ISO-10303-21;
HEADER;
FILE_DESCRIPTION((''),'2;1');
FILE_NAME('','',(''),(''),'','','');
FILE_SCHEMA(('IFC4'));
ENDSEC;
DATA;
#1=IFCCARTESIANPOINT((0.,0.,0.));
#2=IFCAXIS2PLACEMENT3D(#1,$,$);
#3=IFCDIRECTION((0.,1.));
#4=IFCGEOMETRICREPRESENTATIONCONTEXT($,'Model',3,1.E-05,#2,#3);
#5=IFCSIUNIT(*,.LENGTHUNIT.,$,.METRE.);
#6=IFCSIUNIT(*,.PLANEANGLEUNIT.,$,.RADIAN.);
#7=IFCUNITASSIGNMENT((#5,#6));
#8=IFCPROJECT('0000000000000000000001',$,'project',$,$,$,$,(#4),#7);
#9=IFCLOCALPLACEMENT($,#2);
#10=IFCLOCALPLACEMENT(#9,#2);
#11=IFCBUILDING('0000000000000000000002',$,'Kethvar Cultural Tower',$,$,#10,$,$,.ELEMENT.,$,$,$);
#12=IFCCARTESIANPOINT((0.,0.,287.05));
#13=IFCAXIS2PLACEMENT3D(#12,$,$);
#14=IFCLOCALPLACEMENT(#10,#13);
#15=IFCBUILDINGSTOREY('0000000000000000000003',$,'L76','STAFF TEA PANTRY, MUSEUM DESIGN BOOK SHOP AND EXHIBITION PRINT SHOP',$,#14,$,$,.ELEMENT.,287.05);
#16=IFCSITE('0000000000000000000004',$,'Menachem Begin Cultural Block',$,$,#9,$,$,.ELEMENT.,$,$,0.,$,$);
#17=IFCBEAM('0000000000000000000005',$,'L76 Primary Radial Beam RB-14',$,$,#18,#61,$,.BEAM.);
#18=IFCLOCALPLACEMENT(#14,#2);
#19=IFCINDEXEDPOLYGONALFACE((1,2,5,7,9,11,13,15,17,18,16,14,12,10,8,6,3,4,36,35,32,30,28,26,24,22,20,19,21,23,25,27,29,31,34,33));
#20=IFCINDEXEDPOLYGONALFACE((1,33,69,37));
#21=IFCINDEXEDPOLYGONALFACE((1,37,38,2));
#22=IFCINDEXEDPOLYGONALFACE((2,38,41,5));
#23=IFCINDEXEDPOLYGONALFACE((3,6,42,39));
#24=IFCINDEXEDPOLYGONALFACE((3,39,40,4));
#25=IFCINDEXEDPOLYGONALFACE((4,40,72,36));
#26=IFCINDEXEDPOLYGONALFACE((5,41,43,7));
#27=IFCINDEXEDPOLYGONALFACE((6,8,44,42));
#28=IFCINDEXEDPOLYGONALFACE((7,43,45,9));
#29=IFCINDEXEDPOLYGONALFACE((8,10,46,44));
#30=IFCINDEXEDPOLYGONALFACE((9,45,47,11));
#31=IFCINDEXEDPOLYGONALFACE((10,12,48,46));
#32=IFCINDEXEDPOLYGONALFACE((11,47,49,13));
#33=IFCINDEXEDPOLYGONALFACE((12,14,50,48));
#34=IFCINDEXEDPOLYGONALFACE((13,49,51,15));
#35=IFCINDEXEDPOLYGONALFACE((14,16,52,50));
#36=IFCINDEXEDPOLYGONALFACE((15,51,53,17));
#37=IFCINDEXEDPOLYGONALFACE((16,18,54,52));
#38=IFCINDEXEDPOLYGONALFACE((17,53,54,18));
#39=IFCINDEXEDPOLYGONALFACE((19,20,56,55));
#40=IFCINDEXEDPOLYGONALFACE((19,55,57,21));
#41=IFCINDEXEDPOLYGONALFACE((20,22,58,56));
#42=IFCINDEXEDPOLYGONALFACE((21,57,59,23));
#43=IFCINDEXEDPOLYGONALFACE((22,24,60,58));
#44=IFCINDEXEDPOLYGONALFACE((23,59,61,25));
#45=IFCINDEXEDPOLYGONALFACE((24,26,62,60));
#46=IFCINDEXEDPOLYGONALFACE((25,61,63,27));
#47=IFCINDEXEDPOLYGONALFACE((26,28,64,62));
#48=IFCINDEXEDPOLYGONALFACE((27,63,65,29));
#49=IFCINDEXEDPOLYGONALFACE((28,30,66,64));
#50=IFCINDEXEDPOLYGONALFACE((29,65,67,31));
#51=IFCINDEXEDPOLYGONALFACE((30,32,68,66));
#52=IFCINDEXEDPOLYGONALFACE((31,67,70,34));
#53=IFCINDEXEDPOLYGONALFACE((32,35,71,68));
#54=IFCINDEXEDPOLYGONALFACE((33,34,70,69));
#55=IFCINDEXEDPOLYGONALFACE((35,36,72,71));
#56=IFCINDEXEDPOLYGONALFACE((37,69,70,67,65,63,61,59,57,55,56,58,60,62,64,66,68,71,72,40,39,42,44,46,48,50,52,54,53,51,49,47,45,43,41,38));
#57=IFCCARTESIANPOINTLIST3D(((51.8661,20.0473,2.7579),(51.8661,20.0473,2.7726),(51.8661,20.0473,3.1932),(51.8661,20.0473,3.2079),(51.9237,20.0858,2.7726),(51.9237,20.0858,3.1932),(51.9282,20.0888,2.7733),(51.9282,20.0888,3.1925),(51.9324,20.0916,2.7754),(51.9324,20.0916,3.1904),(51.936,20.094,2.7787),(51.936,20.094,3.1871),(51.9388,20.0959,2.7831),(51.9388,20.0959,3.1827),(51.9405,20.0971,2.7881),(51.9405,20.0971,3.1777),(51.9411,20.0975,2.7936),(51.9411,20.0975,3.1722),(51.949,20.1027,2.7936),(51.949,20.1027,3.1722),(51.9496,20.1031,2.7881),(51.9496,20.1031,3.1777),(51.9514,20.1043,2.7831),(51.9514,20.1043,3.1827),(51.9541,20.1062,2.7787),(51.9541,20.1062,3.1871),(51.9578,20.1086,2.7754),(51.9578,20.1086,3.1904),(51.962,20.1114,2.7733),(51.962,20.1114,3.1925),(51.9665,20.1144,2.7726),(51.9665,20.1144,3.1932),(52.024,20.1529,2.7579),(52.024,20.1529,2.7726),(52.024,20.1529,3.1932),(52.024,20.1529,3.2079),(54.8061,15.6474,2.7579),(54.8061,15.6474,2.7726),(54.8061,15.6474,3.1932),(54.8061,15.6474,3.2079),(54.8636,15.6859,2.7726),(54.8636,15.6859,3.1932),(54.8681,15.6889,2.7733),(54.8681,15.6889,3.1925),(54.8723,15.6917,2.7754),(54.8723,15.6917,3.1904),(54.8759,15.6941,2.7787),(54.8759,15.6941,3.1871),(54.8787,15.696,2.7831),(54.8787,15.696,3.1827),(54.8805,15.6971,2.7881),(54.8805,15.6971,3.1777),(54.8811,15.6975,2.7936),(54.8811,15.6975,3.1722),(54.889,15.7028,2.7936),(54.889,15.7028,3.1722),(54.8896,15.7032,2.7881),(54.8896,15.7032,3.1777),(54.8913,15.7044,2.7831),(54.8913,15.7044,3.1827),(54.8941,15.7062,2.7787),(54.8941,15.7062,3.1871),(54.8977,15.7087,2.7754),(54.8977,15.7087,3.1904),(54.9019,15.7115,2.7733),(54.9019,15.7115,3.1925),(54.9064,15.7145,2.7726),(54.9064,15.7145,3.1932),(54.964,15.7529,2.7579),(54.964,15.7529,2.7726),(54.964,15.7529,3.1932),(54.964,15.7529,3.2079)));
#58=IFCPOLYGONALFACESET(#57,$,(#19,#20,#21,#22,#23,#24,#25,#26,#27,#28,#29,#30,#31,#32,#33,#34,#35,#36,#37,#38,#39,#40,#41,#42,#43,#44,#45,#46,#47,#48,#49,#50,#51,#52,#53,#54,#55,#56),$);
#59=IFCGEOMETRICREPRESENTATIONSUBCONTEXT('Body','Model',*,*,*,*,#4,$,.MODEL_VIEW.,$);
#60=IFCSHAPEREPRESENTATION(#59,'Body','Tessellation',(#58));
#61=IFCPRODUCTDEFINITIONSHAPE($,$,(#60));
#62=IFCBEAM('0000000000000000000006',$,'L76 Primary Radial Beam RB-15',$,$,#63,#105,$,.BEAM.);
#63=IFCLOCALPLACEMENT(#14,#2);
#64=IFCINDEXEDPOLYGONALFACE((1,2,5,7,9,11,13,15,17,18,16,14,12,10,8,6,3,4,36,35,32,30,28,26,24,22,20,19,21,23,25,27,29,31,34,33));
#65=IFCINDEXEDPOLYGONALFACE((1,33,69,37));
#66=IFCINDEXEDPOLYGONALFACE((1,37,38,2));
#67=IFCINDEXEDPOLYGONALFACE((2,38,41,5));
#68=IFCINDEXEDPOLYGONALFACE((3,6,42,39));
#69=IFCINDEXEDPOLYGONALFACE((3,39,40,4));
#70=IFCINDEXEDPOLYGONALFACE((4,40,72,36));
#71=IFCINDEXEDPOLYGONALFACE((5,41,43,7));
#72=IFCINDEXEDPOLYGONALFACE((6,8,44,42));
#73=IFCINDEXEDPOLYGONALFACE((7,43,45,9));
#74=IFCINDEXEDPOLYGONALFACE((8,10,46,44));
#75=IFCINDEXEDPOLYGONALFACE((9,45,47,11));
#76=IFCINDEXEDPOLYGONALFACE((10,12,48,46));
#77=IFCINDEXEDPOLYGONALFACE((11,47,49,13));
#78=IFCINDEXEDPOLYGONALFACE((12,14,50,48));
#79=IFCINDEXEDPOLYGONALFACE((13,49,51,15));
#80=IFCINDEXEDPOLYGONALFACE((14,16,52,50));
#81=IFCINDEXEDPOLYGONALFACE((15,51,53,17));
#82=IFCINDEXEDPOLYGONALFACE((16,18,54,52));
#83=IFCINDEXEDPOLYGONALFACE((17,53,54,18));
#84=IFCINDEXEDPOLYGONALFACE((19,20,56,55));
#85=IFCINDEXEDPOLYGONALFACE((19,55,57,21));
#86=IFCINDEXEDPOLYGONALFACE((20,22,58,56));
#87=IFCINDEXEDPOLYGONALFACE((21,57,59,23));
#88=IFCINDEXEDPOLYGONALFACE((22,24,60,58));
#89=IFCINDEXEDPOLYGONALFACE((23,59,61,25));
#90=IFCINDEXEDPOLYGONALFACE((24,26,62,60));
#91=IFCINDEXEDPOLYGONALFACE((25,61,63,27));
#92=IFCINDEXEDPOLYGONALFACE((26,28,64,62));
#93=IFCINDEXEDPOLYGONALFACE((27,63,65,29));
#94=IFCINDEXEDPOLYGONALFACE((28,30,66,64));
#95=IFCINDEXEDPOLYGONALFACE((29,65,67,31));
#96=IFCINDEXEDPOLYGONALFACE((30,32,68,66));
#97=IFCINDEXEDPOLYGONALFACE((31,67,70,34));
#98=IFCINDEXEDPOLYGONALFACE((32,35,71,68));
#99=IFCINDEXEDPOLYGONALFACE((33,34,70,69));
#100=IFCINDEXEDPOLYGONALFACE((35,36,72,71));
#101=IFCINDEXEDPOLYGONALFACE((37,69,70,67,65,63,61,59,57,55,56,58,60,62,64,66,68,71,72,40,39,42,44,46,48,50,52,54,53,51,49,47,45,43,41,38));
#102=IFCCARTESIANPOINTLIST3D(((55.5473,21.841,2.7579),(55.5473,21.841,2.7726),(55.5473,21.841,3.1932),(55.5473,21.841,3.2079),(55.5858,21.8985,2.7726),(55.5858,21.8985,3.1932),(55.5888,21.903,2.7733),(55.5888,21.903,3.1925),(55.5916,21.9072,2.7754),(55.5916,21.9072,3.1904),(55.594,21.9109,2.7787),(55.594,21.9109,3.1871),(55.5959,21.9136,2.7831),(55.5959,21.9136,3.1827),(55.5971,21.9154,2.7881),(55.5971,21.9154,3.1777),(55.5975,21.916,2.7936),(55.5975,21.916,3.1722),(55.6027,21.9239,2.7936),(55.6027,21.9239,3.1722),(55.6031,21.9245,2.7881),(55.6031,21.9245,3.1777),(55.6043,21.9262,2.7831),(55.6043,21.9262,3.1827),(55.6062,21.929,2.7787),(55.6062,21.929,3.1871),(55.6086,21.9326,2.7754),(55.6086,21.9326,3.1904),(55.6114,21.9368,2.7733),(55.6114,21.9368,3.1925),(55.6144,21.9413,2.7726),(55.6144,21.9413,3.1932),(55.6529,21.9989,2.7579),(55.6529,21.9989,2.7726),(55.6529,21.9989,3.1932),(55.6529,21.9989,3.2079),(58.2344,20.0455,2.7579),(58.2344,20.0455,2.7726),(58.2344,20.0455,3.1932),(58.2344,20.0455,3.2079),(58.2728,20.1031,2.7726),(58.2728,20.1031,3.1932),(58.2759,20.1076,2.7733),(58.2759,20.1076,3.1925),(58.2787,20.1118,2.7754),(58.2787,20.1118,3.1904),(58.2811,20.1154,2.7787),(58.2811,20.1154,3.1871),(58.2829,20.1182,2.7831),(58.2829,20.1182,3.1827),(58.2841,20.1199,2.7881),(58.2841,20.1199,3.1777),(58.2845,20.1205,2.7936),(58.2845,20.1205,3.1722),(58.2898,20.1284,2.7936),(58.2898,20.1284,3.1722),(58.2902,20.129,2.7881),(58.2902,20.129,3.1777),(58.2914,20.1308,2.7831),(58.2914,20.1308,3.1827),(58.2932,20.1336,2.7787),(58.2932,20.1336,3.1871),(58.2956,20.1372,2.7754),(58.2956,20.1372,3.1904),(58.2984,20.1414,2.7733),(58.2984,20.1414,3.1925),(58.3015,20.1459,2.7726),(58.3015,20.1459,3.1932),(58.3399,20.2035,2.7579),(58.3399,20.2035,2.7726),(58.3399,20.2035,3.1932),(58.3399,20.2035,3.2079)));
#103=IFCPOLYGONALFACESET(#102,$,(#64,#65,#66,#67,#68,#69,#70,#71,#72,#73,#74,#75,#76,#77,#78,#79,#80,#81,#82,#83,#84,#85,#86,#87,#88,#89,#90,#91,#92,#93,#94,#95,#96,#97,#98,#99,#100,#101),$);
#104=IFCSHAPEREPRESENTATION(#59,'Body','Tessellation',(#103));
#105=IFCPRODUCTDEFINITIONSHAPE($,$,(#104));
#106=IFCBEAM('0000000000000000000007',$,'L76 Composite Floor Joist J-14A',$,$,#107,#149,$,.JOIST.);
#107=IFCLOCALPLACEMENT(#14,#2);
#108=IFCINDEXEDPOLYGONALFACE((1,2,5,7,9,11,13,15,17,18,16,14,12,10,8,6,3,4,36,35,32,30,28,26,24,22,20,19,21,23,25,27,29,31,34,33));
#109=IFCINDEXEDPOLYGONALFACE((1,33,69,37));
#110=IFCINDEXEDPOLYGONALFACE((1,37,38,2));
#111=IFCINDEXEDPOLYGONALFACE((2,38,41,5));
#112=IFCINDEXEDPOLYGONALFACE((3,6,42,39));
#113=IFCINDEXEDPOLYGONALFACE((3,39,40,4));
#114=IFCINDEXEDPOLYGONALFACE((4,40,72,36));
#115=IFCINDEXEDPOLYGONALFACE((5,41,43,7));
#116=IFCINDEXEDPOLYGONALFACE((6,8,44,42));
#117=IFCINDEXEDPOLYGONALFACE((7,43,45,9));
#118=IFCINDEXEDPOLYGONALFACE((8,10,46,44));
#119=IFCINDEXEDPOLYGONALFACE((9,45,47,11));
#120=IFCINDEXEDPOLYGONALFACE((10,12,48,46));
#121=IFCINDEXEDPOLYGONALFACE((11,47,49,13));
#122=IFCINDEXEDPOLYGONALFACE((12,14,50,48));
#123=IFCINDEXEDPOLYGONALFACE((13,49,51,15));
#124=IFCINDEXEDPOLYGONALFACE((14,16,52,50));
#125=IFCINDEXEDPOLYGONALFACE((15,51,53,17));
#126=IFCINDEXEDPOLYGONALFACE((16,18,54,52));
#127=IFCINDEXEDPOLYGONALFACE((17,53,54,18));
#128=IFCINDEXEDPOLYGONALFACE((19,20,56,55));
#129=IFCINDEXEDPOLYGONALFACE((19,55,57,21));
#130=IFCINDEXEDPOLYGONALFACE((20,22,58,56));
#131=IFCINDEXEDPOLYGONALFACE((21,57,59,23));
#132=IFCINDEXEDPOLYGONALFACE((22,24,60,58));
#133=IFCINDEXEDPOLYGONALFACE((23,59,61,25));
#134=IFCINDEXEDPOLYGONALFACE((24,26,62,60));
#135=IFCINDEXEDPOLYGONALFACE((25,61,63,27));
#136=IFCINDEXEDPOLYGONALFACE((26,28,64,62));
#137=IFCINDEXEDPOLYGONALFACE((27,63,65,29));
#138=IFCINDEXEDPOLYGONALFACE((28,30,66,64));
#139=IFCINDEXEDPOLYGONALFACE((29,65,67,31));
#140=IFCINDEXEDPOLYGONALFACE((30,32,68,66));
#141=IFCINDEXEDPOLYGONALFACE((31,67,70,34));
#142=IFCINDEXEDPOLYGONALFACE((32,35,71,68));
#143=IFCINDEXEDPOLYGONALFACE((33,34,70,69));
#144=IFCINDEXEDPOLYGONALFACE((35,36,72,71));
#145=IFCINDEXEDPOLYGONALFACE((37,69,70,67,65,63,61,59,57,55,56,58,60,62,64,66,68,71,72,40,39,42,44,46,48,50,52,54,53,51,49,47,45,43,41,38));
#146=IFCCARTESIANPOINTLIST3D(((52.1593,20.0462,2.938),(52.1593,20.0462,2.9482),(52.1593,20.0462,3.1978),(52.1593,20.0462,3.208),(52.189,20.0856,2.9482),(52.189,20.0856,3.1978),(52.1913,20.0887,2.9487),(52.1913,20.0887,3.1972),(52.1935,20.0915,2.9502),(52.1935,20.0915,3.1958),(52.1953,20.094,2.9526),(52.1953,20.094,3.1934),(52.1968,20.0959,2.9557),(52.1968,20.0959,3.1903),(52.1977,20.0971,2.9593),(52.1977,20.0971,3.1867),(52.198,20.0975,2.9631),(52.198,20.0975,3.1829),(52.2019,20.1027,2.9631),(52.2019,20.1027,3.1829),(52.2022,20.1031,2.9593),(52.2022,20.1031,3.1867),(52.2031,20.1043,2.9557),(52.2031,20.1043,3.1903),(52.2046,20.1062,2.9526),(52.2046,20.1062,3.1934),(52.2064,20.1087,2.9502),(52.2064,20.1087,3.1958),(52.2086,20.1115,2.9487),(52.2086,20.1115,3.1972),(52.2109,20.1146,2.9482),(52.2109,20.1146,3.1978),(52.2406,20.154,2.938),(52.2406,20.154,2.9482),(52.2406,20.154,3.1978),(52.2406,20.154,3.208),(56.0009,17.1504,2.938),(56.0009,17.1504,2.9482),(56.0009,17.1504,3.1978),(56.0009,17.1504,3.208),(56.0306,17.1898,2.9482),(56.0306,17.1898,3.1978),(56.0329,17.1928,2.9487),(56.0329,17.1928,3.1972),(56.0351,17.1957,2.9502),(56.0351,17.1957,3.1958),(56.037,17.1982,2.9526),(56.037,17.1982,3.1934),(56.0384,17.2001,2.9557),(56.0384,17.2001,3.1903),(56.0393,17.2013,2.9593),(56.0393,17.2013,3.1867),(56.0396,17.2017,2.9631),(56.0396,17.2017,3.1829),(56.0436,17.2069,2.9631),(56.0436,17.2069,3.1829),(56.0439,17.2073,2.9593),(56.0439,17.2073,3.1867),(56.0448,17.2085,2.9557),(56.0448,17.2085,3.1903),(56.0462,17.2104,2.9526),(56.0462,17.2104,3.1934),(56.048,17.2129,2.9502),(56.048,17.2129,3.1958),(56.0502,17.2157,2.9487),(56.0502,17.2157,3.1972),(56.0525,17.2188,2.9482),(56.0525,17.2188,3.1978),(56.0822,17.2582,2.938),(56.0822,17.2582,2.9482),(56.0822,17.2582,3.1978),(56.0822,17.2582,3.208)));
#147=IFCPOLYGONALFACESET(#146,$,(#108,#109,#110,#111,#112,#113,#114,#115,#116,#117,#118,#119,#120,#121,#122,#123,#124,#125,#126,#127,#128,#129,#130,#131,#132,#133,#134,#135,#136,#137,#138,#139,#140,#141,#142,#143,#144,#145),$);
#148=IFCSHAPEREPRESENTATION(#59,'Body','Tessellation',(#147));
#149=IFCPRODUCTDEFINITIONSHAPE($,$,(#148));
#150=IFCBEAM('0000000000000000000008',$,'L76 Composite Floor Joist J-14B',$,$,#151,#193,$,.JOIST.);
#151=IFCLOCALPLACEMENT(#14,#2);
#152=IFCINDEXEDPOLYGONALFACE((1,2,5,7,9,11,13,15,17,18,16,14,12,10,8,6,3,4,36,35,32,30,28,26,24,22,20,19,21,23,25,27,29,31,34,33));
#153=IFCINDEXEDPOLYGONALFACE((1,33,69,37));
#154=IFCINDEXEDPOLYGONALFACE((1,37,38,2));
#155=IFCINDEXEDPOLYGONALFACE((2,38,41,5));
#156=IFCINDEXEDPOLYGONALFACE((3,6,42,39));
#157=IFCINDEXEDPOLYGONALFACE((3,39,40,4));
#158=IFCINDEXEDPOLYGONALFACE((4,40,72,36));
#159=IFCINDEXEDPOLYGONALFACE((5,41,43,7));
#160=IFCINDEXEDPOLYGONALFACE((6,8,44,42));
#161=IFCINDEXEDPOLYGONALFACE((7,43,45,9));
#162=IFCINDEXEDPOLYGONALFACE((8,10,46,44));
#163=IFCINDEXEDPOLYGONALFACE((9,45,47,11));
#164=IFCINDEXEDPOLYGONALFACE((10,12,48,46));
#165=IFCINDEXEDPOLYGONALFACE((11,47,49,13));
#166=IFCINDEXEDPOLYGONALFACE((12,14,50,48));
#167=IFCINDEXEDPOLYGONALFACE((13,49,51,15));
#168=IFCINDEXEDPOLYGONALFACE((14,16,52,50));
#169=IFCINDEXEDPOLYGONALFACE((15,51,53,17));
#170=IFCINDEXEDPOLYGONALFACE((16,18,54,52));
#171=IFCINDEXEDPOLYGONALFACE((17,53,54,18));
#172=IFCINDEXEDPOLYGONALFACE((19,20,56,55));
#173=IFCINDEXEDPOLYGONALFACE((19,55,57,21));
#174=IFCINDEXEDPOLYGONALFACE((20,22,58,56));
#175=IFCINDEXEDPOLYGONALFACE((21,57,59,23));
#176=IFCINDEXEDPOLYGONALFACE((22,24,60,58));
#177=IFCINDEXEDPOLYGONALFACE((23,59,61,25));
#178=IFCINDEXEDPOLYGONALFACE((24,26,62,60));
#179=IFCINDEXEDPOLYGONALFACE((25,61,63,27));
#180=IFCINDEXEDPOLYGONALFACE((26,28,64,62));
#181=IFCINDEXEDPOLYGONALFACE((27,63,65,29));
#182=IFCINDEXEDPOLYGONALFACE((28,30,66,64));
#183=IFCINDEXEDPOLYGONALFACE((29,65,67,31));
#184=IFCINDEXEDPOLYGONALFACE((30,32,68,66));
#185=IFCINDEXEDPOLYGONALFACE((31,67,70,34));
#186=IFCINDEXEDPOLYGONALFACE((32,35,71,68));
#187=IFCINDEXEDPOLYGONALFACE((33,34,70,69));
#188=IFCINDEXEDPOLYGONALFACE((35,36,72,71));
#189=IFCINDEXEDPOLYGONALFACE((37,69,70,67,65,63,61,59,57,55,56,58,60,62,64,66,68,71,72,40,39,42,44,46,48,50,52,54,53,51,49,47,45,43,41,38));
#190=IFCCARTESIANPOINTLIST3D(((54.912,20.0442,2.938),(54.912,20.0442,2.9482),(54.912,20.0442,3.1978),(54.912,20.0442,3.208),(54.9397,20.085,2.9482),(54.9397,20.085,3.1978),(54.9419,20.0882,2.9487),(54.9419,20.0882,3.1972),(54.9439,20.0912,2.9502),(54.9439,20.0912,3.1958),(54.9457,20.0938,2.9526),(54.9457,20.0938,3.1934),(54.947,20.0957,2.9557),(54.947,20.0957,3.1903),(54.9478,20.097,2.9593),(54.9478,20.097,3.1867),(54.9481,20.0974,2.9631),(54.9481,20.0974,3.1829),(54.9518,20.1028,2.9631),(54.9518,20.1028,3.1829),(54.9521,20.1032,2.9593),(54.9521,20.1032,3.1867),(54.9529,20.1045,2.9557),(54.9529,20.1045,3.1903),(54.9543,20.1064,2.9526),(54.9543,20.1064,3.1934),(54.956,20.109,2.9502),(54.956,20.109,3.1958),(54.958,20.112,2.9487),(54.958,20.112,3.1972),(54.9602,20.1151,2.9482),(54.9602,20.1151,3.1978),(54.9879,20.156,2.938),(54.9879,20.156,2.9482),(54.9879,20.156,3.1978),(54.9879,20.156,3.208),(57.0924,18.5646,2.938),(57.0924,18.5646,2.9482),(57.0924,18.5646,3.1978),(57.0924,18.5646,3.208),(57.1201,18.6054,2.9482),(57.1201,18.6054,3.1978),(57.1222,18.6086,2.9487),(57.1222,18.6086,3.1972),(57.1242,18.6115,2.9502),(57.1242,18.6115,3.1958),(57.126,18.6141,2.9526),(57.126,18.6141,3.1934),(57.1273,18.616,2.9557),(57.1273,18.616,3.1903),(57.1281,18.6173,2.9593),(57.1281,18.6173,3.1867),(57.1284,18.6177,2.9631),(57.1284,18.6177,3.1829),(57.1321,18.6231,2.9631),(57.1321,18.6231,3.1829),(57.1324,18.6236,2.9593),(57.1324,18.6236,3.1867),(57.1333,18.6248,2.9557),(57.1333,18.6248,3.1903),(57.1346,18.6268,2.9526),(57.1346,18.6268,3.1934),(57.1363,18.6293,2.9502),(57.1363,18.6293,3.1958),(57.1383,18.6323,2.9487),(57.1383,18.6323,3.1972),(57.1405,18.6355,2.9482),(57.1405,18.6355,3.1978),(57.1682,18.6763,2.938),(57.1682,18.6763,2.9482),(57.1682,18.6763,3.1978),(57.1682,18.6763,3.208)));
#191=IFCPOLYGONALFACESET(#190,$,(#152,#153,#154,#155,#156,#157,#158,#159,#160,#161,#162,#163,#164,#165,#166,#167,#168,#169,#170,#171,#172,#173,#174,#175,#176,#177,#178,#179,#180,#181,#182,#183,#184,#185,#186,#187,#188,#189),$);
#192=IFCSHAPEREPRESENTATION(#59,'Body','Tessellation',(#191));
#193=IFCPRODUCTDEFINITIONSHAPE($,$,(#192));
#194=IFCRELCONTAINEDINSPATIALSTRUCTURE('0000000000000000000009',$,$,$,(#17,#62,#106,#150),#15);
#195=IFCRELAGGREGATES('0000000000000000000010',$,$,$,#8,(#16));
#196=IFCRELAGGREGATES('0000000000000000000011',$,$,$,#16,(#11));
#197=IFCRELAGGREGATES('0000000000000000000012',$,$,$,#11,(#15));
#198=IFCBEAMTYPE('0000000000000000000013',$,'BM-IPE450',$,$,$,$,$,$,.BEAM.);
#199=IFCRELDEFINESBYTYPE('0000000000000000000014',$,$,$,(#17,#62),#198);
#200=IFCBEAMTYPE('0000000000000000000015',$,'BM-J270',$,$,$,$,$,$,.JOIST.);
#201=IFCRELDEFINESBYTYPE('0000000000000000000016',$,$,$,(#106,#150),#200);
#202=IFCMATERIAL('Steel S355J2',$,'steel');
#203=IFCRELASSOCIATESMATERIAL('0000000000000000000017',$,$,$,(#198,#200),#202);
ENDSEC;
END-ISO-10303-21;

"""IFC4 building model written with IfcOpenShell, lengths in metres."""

from ifc_helpers import new_model, si_unit, direction, frame, origin, origin_2d, place, context, subcontext, project, spatial, i_section, extrude, source, transform, mapped, material, material_profile, profile_set, type_object, element, save


model = new_model("IFC4")

# Units and contexts
model_context = context("Model", 3, precision=1e-05, world=origin(), true_north=direction((0.0, 1.0)))
body_context = subcontext(model_context, "Body", "Model", "MODEL_VIEW")
ifc_project = project(units=[si_unit("LENGTHUNIT", "METRE"), si_unit("PLANEANGLEUNIT", "RADIAN")], contexts=[model_context])

# Site, building, storey
site_placement = place(None, origin())
site = spatial("IfcSite", under=ifc_project, at=site_placement, Name="Menachem Begin Cultural Block", CompositionType="ELEMENT", RefElevation=0.0)
building_placement = place(site_placement, origin())
building = spatial("IfcBuilding", under=site, at=building_placement, Name="Kethvar Cultural Tower", CompositionType="ELEMENT")
storey_placement = place(building_placement, frame((0.0, 0.0, 287.05)))
storey = spatial("IfcBuildingStorey", under=building, at=storey_placement, Name="L76", Description="STAFF TEA PANTRY, MUSEUM DESIGN BOOK SHOP AND EXHIBITION PRINT SHOP", CompositionType="ELEMENT", Elevation=287.05)

# Beams
ifc_material_1 = material(Name="Steel S355J2", Category="steel")
ifc_material_profile_1 = material_profile(ifc_material_1, i_section(OverallWidth=0.1899, OverallDepth=0.45, WebThickness=0.0095, FlangeThickness=0.0146, FilletRadius=0.021, at=origin_2d()), Name="Steel S355J2 — IPE450")
ifc_profile_set_1 = profile_set([ifc_material_profile_1], Name="Steel S355J2 — IPE450")
beam_type_1 = type_object("IfcBeamType", Name="BM-IPE450", PredefinedType="BEAM", material=ifc_profile_set_1)
shared_shape_1 = source(origin(), body_context, "Body", "SweptSolid", [
    extrude(i_section(OverallWidth=0.1899, OverallDepth=0.45, WebThickness=0.0095, FlangeThickness=0.0146, FilletRadius=0.021, at=origin_2d()), origin(), (0.0, 0.0, 1.0), 5.2917),
])
beam_1_placement = place(storey_placement, frame((51.9451, 20.1001, 2.9829), z_axis=(0.555573, -0.831468, 0.0), x_axis=(0.831468, 0.555573, 0.0)))
element("IfcBeam", 1, at=beam_1_placement, inside=storey, type_object=beam_type_1, Name="L76 Primary Radial Beam RB-14", PredefinedType="BEAM", context=body_context, shape_type="MappedRepresentation", body=[
    mapped(shared_shape_1, transform((0.0, 0.0, 0.0), scale=1.0)),
])
shared_shape_2 = source(origin(), body_context, "Body", "SweptSolid", [
    extrude(i_section(OverallWidth=0.1899, OverallDepth=0.45, WebThickness=0.0095, FlangeThickness=0.0146, FilletRadius=0.021, at=origin_2d()), origin(), (0.0, 0.0, 1.0), 3.2317),
])
beam_2_placement = place(storey_placement, frame((55.6001, 21.9199, 2.9829), z_axis=(0.831469, -0.555572, 0.0), x_axis=(0.555572, 0.831469, 0.0)))
element("IfcBeam", 2, at=beam_2_placement, inside=storey, type_object=beam_type_1, Name="L76 Primary Radial Beam RB-15", PredefinedType="BEAM", context=body_context, shape_type="MappedRepresentation", body=[
    mapped(shared_shape_2, transform((0.0, 0.0, 0.0), scale=1.0)),
])
ifc_material_profile_2 = material_profile(ifc_material_1, i_section(OverallWidth=0.135, OverallDepth=0.27, WebThickness=0.0066, FlangeThickness=0.0103, FilletRadius=0.0149, at=origin_2d()), Name="Steel S355J2 — IPE270")
ifc_profile_set_2 = profile_set([ifc_material_profile_2], Name="Steel S355J2 — IPE270")
beam_type_2 = type_object("IfcBeamType", Name="BM-J270", PredefinedType="JOIST", material=ifc_profile_set_2)
shared_shape_3 = source(origin(), body_context, "Body", "SweptSolid", [
    extrude(i_section(OverallWidth=0.135, OverallDepth=0.27, WebThickness=0.0066, FlangeThickness=0.0103, FilletRadius=0.0149, at=origin_2d()), origin(), (0.0, 0.0, 1.0), 4.8108),
])
beam_3_placement = place(storey_placement, frame((52.2, 20.1001, 3.073), z_axis=(0.798542, -0.601939, 0.0), x_axis=(0.601939, 0.798542, 0.0)))
element("IfcBeam", 3, at=beam_3_placement, inside=storey, type_object=beam_type_2, Name="L76 Composite Floor Joist J-14A", PredefinedType="JOIST", context=body_context, shape_type="MappedRepresentation", body=[
    mapped(shared_shape_3, transform((0.0, 0.0, 0.0), scale=1.0)),
])
shared_shape_4 = source(origin(), body_context, "Body", "SweptSolid", [
    extrude(i_section(OverallWidth=0.135, OverallDepth=0.27, WebThickness=0.0066, FlangeThickness=0.0103, FilletRadius=0.0149, at=origin_2d()), origin(), (0.0, 0.0, 1.0), 2.635),
])
beam_4_placement = place(storey_placement, frame((54.95, 20.1001, 3.073), z_axis=(0.827447, -0.561544, 0.0), x_axis=(0.561544, 0.827447, 0.0)))
element("IfcBeam", 4, at=beam_4_placement, inside=storey, type_object=beam_type_2, Name="L76 Composite Floor Joist J-14B", PredefinedType="JOIST", context=body_context, shape_type="MappedRepresentation", body=[
    mapped(shared_shape_4, transform((0.0, 0.0, 0.0), scale=1.0)),
])

save(model, "model.ifc")
